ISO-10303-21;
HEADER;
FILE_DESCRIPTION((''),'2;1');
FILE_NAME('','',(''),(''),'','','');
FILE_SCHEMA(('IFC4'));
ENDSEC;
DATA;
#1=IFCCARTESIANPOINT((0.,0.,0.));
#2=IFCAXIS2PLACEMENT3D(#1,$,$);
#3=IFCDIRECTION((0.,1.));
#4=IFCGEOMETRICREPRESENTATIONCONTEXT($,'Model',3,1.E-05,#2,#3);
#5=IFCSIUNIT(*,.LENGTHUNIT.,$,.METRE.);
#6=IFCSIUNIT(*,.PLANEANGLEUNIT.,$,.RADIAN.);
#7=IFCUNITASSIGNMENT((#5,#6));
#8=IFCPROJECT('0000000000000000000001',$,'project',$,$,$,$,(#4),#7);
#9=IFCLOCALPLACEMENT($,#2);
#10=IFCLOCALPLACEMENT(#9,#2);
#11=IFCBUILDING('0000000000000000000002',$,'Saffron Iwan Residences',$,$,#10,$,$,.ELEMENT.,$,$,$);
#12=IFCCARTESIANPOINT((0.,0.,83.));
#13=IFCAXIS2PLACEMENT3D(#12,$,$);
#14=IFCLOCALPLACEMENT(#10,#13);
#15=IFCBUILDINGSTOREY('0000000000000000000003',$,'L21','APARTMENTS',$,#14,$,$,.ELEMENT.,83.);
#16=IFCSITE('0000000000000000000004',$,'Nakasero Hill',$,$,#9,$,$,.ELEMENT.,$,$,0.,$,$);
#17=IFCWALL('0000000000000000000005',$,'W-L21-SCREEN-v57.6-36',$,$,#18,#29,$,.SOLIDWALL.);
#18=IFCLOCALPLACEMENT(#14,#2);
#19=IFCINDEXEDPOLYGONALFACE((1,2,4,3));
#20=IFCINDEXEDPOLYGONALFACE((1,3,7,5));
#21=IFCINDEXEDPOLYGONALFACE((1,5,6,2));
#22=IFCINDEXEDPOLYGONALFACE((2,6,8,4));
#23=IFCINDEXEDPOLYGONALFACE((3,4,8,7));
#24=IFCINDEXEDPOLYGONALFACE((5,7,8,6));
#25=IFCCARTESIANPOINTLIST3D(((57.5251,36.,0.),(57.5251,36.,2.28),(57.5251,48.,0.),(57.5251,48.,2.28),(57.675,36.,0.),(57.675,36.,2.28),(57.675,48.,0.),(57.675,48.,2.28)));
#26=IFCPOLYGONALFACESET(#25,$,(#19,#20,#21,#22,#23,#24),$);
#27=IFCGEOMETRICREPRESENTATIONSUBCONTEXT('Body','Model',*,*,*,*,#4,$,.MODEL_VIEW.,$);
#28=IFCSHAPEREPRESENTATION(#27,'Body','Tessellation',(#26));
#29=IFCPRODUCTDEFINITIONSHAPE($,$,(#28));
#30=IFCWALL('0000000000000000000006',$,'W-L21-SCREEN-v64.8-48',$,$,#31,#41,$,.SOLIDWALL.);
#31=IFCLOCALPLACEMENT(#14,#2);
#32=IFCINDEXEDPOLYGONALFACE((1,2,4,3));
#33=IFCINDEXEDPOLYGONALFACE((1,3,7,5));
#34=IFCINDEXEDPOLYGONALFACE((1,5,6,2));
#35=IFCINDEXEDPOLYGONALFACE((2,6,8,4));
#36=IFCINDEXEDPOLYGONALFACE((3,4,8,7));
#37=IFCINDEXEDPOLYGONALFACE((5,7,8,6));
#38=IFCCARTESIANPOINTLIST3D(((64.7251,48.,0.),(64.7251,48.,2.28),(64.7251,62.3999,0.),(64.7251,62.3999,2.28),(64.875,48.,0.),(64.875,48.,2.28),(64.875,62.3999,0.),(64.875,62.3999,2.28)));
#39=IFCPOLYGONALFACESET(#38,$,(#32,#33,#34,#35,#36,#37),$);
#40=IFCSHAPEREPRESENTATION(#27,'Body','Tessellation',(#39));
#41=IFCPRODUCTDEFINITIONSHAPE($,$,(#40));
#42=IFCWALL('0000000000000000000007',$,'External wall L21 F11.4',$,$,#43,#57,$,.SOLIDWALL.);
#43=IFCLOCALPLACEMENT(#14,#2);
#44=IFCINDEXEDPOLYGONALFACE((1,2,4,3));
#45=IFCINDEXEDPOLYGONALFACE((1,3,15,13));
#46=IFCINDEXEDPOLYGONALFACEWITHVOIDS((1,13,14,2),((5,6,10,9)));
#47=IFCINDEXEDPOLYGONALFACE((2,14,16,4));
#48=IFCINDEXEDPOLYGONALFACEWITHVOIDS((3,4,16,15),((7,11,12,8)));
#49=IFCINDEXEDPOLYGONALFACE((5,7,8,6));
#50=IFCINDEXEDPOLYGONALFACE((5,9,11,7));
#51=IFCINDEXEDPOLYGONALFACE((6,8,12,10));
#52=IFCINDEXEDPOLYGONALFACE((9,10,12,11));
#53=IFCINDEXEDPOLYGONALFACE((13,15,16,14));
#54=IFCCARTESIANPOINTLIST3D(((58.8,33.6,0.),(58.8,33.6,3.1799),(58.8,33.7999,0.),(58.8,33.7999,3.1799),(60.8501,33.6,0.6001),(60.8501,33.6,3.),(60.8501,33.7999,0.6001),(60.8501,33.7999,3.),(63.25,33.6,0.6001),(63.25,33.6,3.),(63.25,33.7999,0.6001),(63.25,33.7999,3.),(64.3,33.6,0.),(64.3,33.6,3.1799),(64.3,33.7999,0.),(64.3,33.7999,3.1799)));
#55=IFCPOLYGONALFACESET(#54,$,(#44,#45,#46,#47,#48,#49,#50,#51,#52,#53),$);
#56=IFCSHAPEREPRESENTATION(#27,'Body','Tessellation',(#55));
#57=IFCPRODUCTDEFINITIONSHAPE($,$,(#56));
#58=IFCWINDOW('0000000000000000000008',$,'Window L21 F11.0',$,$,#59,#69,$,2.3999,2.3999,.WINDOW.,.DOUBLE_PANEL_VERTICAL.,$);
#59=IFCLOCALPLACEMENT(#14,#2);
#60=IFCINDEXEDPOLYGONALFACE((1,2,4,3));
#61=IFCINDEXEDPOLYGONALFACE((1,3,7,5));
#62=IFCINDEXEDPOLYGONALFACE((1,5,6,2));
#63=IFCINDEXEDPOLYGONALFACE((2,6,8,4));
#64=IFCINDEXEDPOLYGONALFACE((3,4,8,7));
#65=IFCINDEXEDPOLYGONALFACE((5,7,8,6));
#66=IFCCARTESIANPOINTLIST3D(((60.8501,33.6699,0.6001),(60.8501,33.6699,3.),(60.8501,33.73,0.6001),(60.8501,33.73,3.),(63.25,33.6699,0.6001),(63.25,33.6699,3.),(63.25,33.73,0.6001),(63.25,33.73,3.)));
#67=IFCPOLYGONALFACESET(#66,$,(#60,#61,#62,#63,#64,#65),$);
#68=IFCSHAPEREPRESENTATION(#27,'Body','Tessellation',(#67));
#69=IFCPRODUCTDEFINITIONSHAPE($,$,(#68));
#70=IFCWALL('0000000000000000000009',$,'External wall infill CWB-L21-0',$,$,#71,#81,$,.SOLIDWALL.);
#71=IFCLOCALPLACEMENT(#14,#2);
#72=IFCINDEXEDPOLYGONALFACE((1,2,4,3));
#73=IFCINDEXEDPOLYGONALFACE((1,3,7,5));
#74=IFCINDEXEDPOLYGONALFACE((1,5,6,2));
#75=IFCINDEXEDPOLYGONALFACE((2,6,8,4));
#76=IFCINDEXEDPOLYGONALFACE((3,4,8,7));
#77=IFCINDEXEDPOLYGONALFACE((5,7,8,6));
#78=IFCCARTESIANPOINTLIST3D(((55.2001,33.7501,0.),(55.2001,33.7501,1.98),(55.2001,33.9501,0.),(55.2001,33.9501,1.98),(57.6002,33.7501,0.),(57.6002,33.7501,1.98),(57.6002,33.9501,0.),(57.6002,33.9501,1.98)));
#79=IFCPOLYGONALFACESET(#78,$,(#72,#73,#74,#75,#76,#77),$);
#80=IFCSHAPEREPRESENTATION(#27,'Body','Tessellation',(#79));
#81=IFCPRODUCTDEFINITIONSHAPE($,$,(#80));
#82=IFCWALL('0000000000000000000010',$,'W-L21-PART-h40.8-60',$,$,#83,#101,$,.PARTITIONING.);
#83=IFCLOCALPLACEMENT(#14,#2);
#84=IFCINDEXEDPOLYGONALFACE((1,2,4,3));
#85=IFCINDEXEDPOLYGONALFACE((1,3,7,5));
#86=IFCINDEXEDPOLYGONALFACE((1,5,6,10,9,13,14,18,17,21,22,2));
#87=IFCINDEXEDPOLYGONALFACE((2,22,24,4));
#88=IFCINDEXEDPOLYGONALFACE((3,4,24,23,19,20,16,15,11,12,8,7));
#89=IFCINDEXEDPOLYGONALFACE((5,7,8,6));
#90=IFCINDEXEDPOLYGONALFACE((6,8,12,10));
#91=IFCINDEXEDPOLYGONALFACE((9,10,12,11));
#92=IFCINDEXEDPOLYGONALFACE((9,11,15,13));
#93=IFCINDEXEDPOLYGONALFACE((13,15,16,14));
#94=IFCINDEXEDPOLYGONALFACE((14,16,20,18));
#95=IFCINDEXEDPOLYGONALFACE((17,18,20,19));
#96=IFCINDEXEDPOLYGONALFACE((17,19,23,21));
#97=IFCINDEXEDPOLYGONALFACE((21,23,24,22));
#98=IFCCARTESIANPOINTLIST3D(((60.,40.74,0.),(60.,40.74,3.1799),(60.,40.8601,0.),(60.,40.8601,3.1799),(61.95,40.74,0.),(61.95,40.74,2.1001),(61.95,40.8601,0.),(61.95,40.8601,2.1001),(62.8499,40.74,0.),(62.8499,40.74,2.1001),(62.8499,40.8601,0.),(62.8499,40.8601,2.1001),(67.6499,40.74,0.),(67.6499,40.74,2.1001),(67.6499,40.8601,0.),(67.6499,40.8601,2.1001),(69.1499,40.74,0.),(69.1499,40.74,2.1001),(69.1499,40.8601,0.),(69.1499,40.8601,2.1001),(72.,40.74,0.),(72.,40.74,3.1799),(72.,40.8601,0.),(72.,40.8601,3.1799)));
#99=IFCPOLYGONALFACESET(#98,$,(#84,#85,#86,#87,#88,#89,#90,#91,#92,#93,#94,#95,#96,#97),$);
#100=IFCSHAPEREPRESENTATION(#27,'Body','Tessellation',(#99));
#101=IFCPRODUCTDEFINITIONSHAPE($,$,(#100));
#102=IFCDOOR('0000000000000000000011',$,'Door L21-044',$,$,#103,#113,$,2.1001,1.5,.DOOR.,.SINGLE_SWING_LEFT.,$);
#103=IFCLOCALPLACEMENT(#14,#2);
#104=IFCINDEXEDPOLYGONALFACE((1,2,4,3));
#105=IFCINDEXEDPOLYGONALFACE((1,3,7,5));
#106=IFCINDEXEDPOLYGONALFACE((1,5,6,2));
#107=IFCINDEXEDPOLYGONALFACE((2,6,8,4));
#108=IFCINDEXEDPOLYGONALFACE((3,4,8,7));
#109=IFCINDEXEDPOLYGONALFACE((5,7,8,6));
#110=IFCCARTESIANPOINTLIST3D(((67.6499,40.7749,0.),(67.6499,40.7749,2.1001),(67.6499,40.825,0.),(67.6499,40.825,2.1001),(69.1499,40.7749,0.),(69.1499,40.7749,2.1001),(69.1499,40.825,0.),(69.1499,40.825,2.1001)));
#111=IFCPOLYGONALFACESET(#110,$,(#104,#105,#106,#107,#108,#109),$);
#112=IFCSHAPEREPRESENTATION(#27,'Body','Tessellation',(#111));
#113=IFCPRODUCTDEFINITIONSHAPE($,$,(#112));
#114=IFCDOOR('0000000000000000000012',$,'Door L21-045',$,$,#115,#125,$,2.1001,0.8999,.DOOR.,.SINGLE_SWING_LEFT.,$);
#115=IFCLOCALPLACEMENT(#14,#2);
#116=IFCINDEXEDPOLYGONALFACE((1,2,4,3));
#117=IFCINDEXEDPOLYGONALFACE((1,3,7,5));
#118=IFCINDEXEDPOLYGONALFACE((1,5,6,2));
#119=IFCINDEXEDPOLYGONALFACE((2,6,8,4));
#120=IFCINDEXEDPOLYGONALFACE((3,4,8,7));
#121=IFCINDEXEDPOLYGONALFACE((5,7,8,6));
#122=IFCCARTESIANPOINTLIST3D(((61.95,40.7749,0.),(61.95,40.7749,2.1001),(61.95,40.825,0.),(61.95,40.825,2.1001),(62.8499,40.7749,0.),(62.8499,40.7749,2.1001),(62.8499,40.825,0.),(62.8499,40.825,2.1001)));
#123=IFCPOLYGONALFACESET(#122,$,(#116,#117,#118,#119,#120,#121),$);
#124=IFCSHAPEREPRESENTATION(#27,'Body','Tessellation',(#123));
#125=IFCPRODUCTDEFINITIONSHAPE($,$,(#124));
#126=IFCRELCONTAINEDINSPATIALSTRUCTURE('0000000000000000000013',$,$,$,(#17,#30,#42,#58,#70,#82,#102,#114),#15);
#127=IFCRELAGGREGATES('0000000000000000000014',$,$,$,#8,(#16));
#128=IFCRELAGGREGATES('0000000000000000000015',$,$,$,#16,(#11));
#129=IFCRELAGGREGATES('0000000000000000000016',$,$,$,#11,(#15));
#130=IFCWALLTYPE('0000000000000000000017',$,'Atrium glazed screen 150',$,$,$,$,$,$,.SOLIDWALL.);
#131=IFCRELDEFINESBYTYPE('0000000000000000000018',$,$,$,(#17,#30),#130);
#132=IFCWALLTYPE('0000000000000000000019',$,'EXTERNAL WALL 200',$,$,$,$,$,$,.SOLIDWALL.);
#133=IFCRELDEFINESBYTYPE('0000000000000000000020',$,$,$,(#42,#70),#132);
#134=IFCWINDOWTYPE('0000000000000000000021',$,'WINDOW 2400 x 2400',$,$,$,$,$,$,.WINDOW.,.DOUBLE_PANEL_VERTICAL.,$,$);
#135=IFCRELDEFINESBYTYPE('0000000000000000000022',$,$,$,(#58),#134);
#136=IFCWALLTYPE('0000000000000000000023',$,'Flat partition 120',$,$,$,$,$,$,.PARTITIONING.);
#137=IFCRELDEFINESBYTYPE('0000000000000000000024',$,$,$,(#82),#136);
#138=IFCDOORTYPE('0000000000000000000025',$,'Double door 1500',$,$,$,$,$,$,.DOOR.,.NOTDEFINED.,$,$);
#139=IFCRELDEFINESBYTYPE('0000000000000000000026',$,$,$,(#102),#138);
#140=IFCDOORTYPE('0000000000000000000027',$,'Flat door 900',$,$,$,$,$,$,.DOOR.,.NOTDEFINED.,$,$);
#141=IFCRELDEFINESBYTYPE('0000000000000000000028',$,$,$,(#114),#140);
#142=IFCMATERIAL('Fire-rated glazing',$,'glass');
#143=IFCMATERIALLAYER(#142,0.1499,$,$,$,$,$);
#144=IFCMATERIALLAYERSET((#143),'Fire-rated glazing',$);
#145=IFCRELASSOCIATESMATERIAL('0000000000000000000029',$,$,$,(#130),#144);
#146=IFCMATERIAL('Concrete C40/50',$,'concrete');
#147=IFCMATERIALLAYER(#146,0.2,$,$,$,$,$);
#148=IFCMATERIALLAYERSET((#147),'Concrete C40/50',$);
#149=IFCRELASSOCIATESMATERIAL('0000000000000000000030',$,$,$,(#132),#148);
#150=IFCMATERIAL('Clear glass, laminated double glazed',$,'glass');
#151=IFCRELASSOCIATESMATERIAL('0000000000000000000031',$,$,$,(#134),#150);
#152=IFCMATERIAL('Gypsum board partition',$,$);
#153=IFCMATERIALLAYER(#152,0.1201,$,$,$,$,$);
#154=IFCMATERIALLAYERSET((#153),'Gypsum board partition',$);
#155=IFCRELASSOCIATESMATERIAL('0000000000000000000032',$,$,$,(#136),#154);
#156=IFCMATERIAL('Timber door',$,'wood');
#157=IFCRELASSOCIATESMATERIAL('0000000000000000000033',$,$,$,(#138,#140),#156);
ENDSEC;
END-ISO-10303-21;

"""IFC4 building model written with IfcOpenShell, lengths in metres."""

from ifc_helpers import new_model, si_unit, direction, frame, frame_2d, origin, place, context, subcontext, project, spatial, rectangle, extrude, material, layer, layer_set, type_object, element, fill, save


model = new_model("IFC4")

# Units and contexts
model_context = context("Model", 3, precision=1e-05, world=origin(), true_north=direction((0.0, 1.0)))
body_context = subcontext(model_context, "Body", "Model", "MODEL_VIEW")
ifc_project = project(units=[si_unit("LENGTHUNIT", "METRE"), si_unit("PLANEANGLEUNIT", "RADIAN")], contexts=[model_context])

# Site, building, storey
site_placement = place(None, origin())
site = spatial("IfcSite", under=ifc_project, at=site_placement, Name="Nakasero Hill", CompositionType="ELEMENT", RefElevation=0.0)
building_placement = place(site_placement, origin())
building = spatial("IfcBuilding", under=site, at=building_placement, Name="Saffron Iwan Residences", CompositionType="ELEMENT")
storey_placement = place(building_placement, frame((0.0, 0.0, 83.0)))
storey = spatial("IfcBuildingStorey", under=building, at=storey_placement, Name="L21", Description="APARTMENTS", CompositionType="ELEMENT", Elevation=83.0)

# Shared definitions
ifc_material_1 = material(Name="Clear glass, laminated double glazed", Category="glass")

# Walls
ifc_material_2 = material(Name="Fire-rated glazing", Category="glass")
ifc_layer_1 = layer(ifc_material_2, 0.1499)
ifc_layer_set_1 = layer_set([ifc_layer_1], Name="Fire-rated glazing")
wall_type_1 = type_object("IfcWallType", Name="Atrium glazed screen 150", PredefinedType="SOLIDWALL", material=ifc_layer_set_1)
wall_1_placement = place(storey_placement, frame((57.6001, 36.0, 0.0), z_axis=(0.0, 0.0, 1.0), x_axis=(0.0, 1.0, 0.0)))
element("IfcWall", 1, at=wall_1_placement, inside=storey, type_object=wall_type_1, Name="W-L21-SCREEN-v57.6-36", PredefinedType="SOLIDWALL", context=body_context, shape_type="SweptSolid", body=[
    extrude(rectangle(XDim=12.0, YDim=0.1499, at=frame_2d((6.0, 0.0))), origin(), (0.0, 0.0, 1.0), 2.28),
])
wall_2_placement = place(storey_placement, frame((64.8, 48.0, 0.0), z_axis=(0.0, 0.0, 1.0), x_axis=(0.0, 1.0, 0.0)))
element("IfcWall", 2, at=wall_2_placement, inside=storey, type_object=wall_type_1, Name="W-L21-SCREEN-v64.8-48", PredefinedType="SOLIDWALL", context=body_context, shape_type="SweptSolid", body=[
    extrude(rectangle(XDim=14.3999, YDim=0.1499, at=frame_2d((7.2, 0.0))), origin(), (0.0, 0.0, 1.0), 2.28),
])

# Wall, opening, window
ifc_material_3 = material(Name="Concrete C40/50", Category="concrete")
ifc_layer_2 = layer(ifc_material_3, 0.2)
ifc_layer_set_2 = layer_set([ifc_layer_2], Name="Concrete C40/50")
wall_type_2 = type_object("IfcWallType", Name="EXTERNAL WALL 200", PredefinedType="SOLIDWALL", material=ifc_layer_set_2)
wall_3_placement = place(storey_placement, frame((58.8, 33.7, 0.0), z_axis=(0.0, 0.0, 1.0), x_axis=(1.0, 0.0, 0.0)))
wall_3 = element("IfcWall", 3, at=wall_3_placement, inside=storey, type_object=wall_type_2, Name="External wall L21 F11.4", PredefinedType="SOLIDWALL", context=body_context, shape_type="SweptSolid", body=[
    extrude(rectangle(XDim=5.5, YDim=0.2, at=frame_2d((2.75, 0.0))), origin(), (0.0, 0.0, 1.0), 3.1799),
])
opening_1_placement = place(wall_3_placement, frame((2.05, 0.0, 0.6001)))
opening_1 = element("IfcOpeningElement", 4, at=opening_1_placement, cuts=wall_3, PredefinedType="OPENING", context=body_context, shape_type="SweptSolid", body=[
    extrude(rectangle(XDim=2.3999, YDim=2.3999, at=frame_2d((1.2, 1.2))), frame((0.0, 0.1099, 0.0), z_axis=(0.0, -1.0, 0.0), x_axis=(1.0, 0.0, 0.0)), (0.0, 0.0, 1.0), 0.22),
])
window_type = type_object("IfcWindowType", Name="WINDOW 2400 x 2400", PartitioningType="DOUBLE_PANEL_VERTICAL", PredefinedType="WINDOW", material=ifc_material_1)
window_placement = place(opening_1_placement, origin())
window = element("IfcWindow", 5, at=window_placement, inside=storey, type_object=window_type, Name="Window L21 F11.0", OverallHeight=2.3999, OverallWidth=2.3999, PartitioningType="DOUBLE_PANEL_VERTICAL", PredefinedType="WINDOW", context=body_context, shape_type="SweptSolid", body=[
    extrude(rectangle(XDim=2.3999, YDim=2.3999, at=frame_2d((1.2, 1.2))), frame((0.0, 0.03, 0.0), z_axis=(0.0, -1.0, 0.0), x_axis=(1.0, 0.0, 0.0)), (0.0, 0.0, 1.0), 0.0601),
])
fill(opening_1, window)

# Wall
wall_4_placement = place(storey_placement, frame((55.2, 33.8501, 0.0), z_axis=(0.0, 0.0, 1.0), x_axis=(1.0, 0.0, 0.0)))
element("IfcWall", 6, at=wall_4_placement, inside=storey, type_object=wall_type_2, Name="External wall infill CWB-L21-0", PredefinedType="SOLIDWALL", context=body_context, shape_type="SweptSolid", body=[
    extrude(rectangle(XDim=2.4001, YDim=0.2, at=frame_2d((1.2002, 0.0))), origin(), (0.0, 0.0, 1.0), 1.98),
])

# Wall, openings, doors
ifc_material_4 = material(Name="Gypsum board partition")
ifc_layer_3 = layer(ifc_material_4, 0.1201)
ifc_layer_set_3 = layer_set([ifc_layer_3], Name="Gypsum board partition")
wall_type_3 = type_object("IfcWallType", Name="Flat partition 120", PredefinedType="PARTITIONING", material=ifc_layer_set_3)
wall_5_placement = place(storey_placement, frame((60.0, 40.8, 0.0), z_axis=(0.0, 0.0, 1.0), x_axis=(1.0, 0.0, 0.0)))
wall_5 = element("IfcWall", 7, at=wall_5_placement, inside=storey, type_object=wall_type_3, Name="W-L21-PART-h40.8-60", PredefinedType="PARTITIONING", context=body_context, shape_type="SweptSolid", body=[
    extrude(rectangle(XDim=12.0, YDim=0.1201, at=frame_2d((6.0, 0.0))), origin(), (0.0, 0.0, 1.0), 3.1799),
])
opening_2_placement = place(wall_5_placement, frame((7.6499, 0.0, 0.0)))
opening_2 = element("IfcOpeningElement", 8, at=opening_2_placement, cuts=wall_5, PredefinedType="OPENING", context=body_context, shape_type="SweptSolid", body=[
    extrude(rectangle(XDim=1.5, YDim=2.1001, at=frame_2d((0.75, 1.05))), frame((0.0, 0.0701, 0.0), z_axis=(0.0, -1.0, 0.0), x_axis=(1.0, 0.0, 0.0)), (0.0, 0.0, 1.0), 0.1401),
])
opening_3_placement = place(wall_5_placement, frame((1.95, 0.0, 0.0)))
opening_3 = element("IfcOpeningElement", 9, at=opening_3_placement, cuts=wall_5, PredefinedType="OPENING", context=body_context, shape_type="SweptSolid", body=[
    extrude(rectangle(XDim=0.8999, YDim=2.1001, at=frame_2d((0.45, 1.05))), frame((0.0, 0.0701, 0.0), z_axis=(0.0, -1.0, 0.0), x_axis=(1.0, 0.0, 0.0)), (0.0, 0.0, 1.0), 0.1401),
])
ifc_material_5 = material(Name="Timber door", Category="wood")
door_type_1 = type_object("IfcDoorType", Name="Double door 1500", OperationType="NOTDEFINED", PredefinedType="DOOR", material=ifc_material_5)
door_1_placement = place(opening_2_placement, origin())
door_1 = element("IfcDoor", 10, at=door_1_placement, inside=storey, type_object=door_type_1, Name="Door L21-044", OperationType="SINGLE_SWING_LEFT", OverallHeight=2.1001, OverallWidth=1.5, PredefinedType="DOOR", context=body_context, shape_type="SweptSolid", body=[
    extrude(rectangle(XDim=1.5, YDim=2.1001, at=frame_2d((0.75, 1.05))), frame((0.0, 0.0249, 0.0), z_axis=(0.0, -1.0, 0.0), x_axis=(1.0, 0.0, 0.0)), (0.0, 0.0, 1.0), 0.05),
])
fill(opening_2, door_1)
door_type_2 = type_object("IfcDoorType", Name="Flat door 900", OperationType="NOTDEFINED", PredefinedType="DOOR", material=ifc_material_5)
door_2_placement = place(opening_3_placement, origin())
door_2 = element("IfcDoor", 11, at=door_2_placement, inside=storey, type_object=door_type_2, Name="Door L21-045", OperationType="SINGLE_SWING_LEFT", OverallHeight=2.1001, OverallWidth=0.8999, PredefinedType="DOOR", context=body_context, shape_type="SweptSolid", body=[
    extrude(rectangle(XDim=0.8999, YDim=2.1001, at=frame_2d((0.45, 1.05))), frame((0.0, 0.0249, 0.0), z_axis=(0.0, -1.0, 0.0), x_axis=(1.0, 0.0, 0.0)), (0.0, 0.0, 1.0), 0.05),
])
fill(opening_3, door_2)

save(model, "model.ifc")
